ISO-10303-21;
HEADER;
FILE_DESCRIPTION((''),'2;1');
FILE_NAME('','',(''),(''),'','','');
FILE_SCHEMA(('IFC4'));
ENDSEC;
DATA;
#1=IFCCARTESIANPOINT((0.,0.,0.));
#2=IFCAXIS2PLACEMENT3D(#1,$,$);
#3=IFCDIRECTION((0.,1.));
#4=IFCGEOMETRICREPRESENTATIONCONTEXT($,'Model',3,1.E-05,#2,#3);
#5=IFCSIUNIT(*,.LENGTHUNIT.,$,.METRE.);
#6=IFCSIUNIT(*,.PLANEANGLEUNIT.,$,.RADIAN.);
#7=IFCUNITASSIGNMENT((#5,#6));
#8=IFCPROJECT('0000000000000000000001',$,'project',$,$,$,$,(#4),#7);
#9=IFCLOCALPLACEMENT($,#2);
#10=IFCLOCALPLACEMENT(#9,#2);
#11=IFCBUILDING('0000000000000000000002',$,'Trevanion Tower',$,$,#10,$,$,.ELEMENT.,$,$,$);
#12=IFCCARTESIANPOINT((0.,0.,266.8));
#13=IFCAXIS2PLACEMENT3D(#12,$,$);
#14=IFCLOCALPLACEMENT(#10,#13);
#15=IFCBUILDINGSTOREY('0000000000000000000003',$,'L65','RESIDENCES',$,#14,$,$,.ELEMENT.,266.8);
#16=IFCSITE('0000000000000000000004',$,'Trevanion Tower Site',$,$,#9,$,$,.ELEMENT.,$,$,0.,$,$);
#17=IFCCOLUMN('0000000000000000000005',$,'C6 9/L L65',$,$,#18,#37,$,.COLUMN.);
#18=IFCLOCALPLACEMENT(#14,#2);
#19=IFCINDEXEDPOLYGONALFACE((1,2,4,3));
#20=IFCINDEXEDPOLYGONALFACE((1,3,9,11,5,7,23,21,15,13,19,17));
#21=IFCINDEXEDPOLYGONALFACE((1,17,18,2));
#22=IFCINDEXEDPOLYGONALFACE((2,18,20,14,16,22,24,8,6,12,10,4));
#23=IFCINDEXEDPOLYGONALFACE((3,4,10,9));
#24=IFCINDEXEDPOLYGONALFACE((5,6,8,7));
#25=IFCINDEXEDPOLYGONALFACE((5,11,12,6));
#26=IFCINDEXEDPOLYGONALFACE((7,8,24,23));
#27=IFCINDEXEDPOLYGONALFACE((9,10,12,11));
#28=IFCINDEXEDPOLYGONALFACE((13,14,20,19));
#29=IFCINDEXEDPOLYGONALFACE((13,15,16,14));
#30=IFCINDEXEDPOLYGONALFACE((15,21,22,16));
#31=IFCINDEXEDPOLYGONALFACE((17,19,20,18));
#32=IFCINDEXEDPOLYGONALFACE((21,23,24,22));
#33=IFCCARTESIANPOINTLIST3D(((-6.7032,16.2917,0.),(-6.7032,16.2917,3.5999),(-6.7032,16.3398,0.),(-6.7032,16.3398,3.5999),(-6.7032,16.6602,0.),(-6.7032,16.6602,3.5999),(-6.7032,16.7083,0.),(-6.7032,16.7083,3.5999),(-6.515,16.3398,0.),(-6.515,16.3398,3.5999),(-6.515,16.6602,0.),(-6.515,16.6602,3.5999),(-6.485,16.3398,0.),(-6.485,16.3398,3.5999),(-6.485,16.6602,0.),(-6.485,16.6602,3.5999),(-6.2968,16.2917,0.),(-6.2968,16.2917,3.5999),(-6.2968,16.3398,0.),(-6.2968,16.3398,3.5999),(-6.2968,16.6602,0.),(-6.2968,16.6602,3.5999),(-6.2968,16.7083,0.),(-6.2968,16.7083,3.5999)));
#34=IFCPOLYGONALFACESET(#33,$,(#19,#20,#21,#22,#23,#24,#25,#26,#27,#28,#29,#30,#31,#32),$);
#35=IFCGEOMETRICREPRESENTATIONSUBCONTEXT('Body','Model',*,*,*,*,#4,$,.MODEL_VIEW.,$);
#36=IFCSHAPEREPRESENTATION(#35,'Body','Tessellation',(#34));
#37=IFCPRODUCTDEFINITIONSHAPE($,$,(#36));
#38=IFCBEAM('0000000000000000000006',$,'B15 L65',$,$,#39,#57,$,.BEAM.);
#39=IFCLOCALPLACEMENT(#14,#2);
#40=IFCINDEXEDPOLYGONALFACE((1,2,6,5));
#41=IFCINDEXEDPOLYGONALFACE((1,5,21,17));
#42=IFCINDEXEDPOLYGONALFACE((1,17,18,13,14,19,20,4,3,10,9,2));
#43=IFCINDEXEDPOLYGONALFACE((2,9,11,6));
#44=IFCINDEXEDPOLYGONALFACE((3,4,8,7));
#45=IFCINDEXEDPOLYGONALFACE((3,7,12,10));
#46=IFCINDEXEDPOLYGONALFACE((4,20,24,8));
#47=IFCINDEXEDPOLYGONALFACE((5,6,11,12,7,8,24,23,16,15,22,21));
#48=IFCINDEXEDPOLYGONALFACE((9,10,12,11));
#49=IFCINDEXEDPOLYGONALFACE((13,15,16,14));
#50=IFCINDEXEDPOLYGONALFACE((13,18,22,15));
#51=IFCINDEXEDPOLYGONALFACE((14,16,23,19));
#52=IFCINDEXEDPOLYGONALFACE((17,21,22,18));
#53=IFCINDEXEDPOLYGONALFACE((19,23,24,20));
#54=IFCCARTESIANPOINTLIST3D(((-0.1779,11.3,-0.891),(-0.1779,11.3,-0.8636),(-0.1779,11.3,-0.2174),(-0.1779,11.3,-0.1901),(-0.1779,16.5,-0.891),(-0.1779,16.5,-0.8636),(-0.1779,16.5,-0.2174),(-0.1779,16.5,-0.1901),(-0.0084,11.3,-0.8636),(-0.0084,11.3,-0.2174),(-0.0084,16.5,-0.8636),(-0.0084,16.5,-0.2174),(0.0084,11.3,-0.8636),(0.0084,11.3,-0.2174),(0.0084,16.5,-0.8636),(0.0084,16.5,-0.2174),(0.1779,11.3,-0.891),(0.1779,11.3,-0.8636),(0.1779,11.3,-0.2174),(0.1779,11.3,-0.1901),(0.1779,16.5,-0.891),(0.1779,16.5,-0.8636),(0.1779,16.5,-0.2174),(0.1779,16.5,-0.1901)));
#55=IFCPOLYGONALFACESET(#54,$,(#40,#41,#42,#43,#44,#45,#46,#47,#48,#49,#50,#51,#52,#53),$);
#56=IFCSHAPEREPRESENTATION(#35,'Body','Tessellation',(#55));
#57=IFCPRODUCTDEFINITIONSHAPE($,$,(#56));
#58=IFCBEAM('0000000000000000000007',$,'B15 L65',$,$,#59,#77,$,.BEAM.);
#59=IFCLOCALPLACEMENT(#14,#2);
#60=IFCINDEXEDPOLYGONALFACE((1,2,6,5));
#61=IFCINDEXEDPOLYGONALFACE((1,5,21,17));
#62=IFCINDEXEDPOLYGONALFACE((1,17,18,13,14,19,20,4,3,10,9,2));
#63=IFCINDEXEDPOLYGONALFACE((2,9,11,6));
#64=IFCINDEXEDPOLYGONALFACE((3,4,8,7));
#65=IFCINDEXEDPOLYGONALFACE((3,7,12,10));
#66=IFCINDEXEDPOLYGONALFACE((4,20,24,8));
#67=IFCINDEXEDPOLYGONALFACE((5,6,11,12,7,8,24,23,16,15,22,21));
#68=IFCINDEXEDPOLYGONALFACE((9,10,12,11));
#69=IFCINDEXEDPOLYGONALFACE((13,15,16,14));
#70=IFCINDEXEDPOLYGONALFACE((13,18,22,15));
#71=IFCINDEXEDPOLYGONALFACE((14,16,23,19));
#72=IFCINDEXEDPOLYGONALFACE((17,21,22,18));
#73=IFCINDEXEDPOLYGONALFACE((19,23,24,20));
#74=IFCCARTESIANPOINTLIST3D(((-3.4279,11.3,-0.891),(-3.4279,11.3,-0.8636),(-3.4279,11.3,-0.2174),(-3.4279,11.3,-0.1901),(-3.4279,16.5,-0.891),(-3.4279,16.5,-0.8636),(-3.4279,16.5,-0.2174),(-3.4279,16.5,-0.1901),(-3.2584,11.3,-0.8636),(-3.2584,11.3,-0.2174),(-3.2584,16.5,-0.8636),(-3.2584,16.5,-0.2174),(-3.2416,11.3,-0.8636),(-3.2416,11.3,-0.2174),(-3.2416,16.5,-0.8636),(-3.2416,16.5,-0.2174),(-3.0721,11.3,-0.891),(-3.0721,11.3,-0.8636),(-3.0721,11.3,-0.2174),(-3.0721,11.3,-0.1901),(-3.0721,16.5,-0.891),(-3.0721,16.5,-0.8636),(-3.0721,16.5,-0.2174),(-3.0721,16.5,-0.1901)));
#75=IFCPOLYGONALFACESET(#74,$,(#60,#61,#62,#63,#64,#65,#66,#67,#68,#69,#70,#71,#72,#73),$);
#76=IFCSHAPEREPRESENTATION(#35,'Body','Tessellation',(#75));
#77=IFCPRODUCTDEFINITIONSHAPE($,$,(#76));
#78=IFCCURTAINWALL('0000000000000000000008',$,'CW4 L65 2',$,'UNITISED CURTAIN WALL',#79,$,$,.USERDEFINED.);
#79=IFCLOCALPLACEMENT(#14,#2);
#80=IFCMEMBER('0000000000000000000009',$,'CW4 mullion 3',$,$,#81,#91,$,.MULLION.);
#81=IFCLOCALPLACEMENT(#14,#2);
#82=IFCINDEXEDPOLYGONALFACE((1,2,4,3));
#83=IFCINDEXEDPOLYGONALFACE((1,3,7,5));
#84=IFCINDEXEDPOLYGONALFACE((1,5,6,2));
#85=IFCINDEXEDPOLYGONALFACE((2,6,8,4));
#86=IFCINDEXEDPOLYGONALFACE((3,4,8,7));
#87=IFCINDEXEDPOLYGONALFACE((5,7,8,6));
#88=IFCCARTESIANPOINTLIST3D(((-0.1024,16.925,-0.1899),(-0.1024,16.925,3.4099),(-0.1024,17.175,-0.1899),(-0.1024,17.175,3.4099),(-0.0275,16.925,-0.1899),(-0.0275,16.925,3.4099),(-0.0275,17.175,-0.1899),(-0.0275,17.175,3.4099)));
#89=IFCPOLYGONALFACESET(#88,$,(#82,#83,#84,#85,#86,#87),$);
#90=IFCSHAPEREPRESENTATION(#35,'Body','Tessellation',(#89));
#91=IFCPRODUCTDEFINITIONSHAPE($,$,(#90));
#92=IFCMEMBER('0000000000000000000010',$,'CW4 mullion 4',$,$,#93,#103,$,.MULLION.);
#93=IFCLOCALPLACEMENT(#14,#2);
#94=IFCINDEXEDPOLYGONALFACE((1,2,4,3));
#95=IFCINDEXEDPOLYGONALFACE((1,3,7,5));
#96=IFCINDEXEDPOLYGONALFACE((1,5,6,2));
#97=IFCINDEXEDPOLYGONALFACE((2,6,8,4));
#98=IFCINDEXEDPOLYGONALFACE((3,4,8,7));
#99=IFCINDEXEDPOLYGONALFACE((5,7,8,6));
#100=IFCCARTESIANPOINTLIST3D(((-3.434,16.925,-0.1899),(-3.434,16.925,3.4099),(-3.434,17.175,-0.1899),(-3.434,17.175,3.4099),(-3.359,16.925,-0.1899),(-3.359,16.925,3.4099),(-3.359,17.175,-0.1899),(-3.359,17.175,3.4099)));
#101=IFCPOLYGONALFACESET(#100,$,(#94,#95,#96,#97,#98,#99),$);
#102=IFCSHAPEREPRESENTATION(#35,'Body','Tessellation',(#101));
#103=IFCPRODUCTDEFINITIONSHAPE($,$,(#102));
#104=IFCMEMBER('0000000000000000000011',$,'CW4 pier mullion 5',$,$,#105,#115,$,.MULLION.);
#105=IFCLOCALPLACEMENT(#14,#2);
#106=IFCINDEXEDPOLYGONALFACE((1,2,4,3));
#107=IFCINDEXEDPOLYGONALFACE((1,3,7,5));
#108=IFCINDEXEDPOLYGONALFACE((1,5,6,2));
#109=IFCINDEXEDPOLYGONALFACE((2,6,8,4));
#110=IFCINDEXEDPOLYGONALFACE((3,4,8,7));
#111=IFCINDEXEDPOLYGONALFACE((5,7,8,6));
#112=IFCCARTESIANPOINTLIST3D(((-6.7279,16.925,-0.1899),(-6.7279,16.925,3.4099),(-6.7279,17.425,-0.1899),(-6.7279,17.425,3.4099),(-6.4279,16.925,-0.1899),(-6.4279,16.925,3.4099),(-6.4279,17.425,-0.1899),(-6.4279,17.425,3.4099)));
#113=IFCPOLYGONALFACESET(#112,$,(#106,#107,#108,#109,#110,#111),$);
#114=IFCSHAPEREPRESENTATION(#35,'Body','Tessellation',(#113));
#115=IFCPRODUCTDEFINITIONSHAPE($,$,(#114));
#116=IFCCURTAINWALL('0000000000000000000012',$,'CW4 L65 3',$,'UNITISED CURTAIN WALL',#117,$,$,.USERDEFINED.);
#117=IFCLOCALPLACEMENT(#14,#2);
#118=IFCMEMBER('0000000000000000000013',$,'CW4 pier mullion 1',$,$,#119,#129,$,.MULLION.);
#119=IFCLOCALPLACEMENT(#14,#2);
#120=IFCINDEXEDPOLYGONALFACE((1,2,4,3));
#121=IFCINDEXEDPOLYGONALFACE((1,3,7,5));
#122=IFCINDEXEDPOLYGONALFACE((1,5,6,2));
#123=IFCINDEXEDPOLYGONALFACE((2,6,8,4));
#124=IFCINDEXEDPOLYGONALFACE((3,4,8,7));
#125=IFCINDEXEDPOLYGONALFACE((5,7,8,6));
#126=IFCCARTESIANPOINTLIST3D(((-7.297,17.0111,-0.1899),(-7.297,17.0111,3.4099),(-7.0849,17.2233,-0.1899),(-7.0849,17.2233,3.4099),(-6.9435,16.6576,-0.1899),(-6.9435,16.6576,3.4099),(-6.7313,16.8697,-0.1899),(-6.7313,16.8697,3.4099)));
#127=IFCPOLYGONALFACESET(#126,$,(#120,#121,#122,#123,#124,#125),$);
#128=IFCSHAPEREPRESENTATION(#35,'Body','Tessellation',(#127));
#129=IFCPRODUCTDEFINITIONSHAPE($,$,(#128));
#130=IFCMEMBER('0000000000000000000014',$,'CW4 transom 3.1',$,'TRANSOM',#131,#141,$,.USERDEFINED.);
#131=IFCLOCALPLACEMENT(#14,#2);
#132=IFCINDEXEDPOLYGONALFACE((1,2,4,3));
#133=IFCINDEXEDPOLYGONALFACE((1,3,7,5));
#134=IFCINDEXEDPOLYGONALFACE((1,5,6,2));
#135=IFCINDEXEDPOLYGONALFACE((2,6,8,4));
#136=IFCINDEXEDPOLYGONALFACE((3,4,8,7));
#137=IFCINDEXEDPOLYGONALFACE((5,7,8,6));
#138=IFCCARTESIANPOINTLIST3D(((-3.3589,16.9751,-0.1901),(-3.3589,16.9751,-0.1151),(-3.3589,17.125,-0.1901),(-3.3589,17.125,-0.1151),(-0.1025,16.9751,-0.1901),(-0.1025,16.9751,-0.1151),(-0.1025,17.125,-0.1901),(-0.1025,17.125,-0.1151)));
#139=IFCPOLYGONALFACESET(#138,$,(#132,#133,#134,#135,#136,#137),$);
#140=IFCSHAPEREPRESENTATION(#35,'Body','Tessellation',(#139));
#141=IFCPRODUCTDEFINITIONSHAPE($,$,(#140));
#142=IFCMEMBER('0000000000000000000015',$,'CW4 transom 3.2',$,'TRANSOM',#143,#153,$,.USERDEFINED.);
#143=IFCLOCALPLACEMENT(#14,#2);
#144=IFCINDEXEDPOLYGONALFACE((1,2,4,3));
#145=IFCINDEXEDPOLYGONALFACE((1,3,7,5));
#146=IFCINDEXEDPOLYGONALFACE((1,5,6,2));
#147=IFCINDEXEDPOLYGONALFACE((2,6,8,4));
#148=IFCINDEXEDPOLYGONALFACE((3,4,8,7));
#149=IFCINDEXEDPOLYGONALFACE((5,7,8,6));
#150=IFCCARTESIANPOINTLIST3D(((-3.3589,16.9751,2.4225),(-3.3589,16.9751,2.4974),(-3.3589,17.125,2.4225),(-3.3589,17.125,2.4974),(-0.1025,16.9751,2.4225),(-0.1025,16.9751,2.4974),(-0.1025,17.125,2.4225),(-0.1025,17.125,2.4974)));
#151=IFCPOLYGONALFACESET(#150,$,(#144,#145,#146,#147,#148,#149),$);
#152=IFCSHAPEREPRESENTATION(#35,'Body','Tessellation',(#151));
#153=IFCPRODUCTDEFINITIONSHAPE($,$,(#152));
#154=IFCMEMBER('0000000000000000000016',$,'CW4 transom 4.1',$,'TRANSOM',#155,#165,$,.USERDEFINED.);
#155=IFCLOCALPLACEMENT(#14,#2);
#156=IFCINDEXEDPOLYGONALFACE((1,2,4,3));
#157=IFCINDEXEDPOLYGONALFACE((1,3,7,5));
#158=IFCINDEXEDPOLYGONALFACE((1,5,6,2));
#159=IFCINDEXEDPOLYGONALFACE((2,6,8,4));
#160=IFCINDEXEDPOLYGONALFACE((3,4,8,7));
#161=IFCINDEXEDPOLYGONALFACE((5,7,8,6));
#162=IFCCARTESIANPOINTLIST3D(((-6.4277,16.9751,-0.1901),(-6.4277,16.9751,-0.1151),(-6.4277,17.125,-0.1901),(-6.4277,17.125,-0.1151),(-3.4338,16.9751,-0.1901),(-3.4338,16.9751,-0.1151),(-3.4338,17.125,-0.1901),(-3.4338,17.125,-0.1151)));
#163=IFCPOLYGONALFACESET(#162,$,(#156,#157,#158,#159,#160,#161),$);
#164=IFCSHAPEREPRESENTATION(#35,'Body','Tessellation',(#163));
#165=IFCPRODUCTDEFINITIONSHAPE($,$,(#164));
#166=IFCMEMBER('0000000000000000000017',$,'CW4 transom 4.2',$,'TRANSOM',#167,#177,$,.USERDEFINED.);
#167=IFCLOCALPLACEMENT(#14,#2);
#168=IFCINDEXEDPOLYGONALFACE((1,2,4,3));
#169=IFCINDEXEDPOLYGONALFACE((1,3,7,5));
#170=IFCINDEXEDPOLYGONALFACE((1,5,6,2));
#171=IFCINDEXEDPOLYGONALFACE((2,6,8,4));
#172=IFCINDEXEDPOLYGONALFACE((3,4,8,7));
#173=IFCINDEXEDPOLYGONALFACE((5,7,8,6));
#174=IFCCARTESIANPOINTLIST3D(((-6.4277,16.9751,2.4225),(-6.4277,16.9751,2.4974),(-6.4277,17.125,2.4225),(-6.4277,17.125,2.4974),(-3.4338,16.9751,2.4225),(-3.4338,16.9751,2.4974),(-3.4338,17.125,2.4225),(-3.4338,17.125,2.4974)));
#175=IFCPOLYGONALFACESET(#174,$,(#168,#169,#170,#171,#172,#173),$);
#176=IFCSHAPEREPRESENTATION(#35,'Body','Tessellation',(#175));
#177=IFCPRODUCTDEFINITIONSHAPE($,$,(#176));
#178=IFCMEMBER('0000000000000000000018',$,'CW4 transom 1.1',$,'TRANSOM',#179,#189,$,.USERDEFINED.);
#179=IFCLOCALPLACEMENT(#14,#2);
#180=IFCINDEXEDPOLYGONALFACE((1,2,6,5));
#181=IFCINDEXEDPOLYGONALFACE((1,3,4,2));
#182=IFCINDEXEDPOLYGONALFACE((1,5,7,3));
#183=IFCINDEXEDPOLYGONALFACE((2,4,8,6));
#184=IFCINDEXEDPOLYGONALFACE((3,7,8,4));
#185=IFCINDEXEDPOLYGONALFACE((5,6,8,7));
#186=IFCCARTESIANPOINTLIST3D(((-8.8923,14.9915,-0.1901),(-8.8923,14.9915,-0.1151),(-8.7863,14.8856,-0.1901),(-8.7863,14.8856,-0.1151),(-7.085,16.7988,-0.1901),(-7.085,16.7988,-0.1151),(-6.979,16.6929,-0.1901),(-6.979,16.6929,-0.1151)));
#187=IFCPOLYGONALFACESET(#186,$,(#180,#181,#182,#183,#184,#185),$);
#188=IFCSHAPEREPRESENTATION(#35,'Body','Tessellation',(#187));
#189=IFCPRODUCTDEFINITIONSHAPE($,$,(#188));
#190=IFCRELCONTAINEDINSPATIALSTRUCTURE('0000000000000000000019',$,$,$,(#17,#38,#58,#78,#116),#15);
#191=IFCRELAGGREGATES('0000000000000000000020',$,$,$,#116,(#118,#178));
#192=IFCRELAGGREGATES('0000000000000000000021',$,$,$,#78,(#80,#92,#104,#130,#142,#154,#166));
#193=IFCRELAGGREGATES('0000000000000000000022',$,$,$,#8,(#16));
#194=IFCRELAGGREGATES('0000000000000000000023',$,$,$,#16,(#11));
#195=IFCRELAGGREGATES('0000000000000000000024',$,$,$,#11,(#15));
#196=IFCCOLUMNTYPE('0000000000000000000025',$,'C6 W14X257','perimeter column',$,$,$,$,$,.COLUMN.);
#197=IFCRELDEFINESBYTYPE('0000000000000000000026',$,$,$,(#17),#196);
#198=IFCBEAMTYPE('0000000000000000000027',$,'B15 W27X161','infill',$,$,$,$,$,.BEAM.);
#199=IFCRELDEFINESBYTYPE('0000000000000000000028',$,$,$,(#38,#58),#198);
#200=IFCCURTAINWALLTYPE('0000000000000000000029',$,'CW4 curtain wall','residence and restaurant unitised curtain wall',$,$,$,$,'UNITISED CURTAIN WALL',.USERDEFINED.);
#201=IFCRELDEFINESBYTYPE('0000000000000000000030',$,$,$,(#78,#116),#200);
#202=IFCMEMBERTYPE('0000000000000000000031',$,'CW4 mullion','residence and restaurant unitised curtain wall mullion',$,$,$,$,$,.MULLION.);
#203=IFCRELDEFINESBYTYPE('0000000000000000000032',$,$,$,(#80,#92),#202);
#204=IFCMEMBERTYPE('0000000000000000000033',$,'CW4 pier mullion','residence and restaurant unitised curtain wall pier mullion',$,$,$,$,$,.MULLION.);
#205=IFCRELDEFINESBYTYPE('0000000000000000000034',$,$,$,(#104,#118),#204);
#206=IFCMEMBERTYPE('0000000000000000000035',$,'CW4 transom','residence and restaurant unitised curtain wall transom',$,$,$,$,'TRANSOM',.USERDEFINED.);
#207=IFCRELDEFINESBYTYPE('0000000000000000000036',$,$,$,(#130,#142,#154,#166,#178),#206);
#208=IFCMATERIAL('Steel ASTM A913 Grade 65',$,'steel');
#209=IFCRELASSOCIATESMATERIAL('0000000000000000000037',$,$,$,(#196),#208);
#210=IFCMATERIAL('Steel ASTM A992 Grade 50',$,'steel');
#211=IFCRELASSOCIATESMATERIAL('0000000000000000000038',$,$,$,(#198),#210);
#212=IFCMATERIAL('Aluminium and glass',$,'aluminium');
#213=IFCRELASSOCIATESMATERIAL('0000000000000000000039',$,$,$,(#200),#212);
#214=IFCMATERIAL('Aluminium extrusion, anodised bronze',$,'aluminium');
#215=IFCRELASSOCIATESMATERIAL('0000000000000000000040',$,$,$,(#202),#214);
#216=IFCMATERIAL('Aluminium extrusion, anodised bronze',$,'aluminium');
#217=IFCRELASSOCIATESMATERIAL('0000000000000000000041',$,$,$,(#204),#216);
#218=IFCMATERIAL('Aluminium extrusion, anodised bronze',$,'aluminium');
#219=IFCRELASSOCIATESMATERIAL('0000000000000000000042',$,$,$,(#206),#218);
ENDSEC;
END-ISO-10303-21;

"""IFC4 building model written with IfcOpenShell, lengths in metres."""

from ifc_helpers import new_model, si_unit, direction, frame, origin, origin_2d, place, context, subcontext, project, spatial, rectangle, i_section, extrude, material, material_profile, profile_set, type_object, element, aggregate, save


model = new_model("IFC4")

# Units and contexts
model_context = context("Model", 3, precision=1e-05, world=origin(), true_north=direction((0.0, 1.0)))
body_context = subcontext(model_context, "Body", "Model", "MODEL_VIEW")
ifc_project = project(units=[si_unit("LENGTHUNIT", "METRE"), si_unit("PLANEANGLEUNIT", "RADIAN")], contexts=[model_context])

# Site, building, storey
site_placement = place(None, origin())
site = spatial("IfcSite", under=ifc_project, at=site_placement, Name="Trevanion Tower Site", CompositionType="ELEMENT", RefElevation=0.0)
building_placement = place(site_placement, origin())
building = spatial("IfcBuilding", under=site, at=building_placement, Name="Trevanion Tower", CompositionType="ELEMENT")
storey_placement = place(building_placement, frame((0.0, 0.0, 266.8)))
storey = spatial("IfcBuildingStorey", under=building, at=storey_placement, Name="L65", Description="RESIDENCES", CompositionType="ELEMENT", Elevation=266.8)

# Column
ifc_material_1 = material(Name="Steel ASTM A913 Grade 65", Category="steel")
ifc_material_profile_1 = material_profile(ifc_material_1, i_section(OverallWidth=0.4065, OverallDepth=0.4165, WebThickness=0.03, FlangeThickness=0.0481, at=origin_2d()), Name="W14X257")
ifc_profile_set_1 = profile_set([ifc_material_profile_1], Name="Steel ASTM A913 Grade 65")
column_type = type_object("IfcColumnType", Name="C6 W14X257", Description="perimeter column", PredefinedType="COLUMN", material=ifc_profile_set_1)
column_placement = place(storey_placement, frame((-6.5, 16.5, 0.0), z_axis=(0.0, 0.0, 1.0), x_axis=(1.0, 0.0, 0.0)))
element("IfcColumn", 1, at=column_placement, inside=storey, type_object=column_type, Name="C6 9/L L65", PredefinedType="COLUMN", context=body_context, shape_type="SweptSolid", body=[
    extrude(i_section(OverallWidth=0.4065, OverallDepth=0.4165, WebThickness=0.03, FlangeThickness=0.0481, at=origin_2d()), origin(), (0.0, 0.0, 1.0), 3.5999),
])

# Beams
ifc_material_2 = material(Name="Steel ASTM A992 Grade 50", Category="steel")
ifc_material_profile_2 = material_profile(ifc_material_2, i_section(OverallWidth=0.3557, OverallDepth=0.7009, WebThickness=0.0168, FlangeThickness=0.0273, at=origin_2d()), Name="W27X161")
ifc_profile_set_2 = profile_set([ifc_material_profile_2], Name="Steel ASTM A992 Grade 50")
beam_type_1 = type_object("IfcBeamType", Name="B15 W27X161", Description="infill", PredefinedType="BEAM", material=ifc_profile_set_2)
for number, where, z_axis, x_axis, name in (
    (2, (0.0, 11.3, -0.5405), (0.0, 1.0, 0.0), (-1.0, 0.0, 0.0), "B15 L65"),
    (3, (-3.25, 11.3, -0.5405), (0.0, 1.0, 0.0), (-1.0, 0.0, 0.0), "B15 L65"),
):
    element("IfcBeam", number, at=place(storey_placement, frame(where, z_axis=z_axis, x_axis=x_axis)), inside=storey, type_object=beam_type_1, Name=name, PredefinedType="BEAM", context=body_context, shape_type="SweptSolid", body=[
        extrude(i_section(OverallWidth=0.3557, OverallDepth=0.7009, WebThickness=0.0168, FlangeThickness=0.0273, at=origin_2d()), origin(), (0.0, 0.0, 1.0), 5.2),
    ])

# Curtain wall, members
ifc_material_3 = material(Name="Aluminium and glass", Category="aluminium")
curtain_wall_type = type_object("IfcCurtainWallType", Name="CW4 curtain wall", Description="residence and restaurant unitised curtain wall", ElementType="UNITISED CURTAIN WALL", PredefinedType="USERDEFINED", material=ifc_material_3)
curtain_wall_1_placement = place(storey_placement, origin())
curtain_wall_1 = element("IfcCurtainWall", 4, at=curtain_wall_1_placement, inside=storey, type_object=curtain_wall_type, Name="CW4 L65 2", ObjectType="UNITISED CURTAIN WALL", PredefinedType="USERDEFINED")
ifc_material_4 = material(Name="Aluminium extrusion, anodised bronze", Category="aluminium")
ifc_material_profile_3 = material_profile(ifc_material_4, rectangle(XDim=0.075, YDim=0.25, at=origin_2d()), Name="CW4 mullion")
ifc_profile_set_3 = profile_set([ifc_material_profile_3], Name="Aluminium extrusion, anodised bronze")
member_type_1 = type_object("IfcMemberType", Name="CW4 mullion", Description="residence and restaurant unitised curtain wall mullion", PredefinedType="MULLION", material=ifc_profile_set_3)
member_1_placement = place(storey_placement, frame((-0.0649, 17.05, -0.1899), z_axis=(0.0, 0.0, 1.0), x_axis=(-1.0, 0.0, 0.0)))
member_1 = element("IfcMember", 5, at=member_1_placement, type_object=member_type_1, Name="CW4 mullion 3", PredefinedType="MULLION", context=body_context, shape_type="SweptSolid", body=[
    extrude(rectangle(XDim=0.075, YDim=0.25, at=origin_2d()), origin(), (0.0, 0.0, 1.0), 3.5999),
])
member_2_placement = place(storey_placement, frame((-3.3965, 17.05, -0.1899), z_axis=(0.0, 0.0, 1.0), x_axis=(-1.0, 0.0, 0.0)))
member_2 = element("IfcMember", 6, at=member_2_placement, type_object=member_type_1, Name="CW4 mullion 4", PredefinedType="MULLION", context=body_context, shape_type="SweptSolid", body=[
    extrude(rectangle(XDim=0.075, YDim=0.25, at=origin_2d()), origin(), (0.0, 0.0, 1.0), 3.5999),
])
ifc_material_5 = material(Name="Aluminium extrusion, anodised bronze", Category="aluminium")
ifc_material_profile_4 = material_profile(ifc_material_5, rectangle(XDim=0.3, YDim=0.5, at=origin_2d()), Name="CW4 pier mullion")
ifc_profile_set_4 = profile_set([ifc_material_profile_4], Name="Aluminium extrusion, anodised bronze")
member_type_2 = type_object("IfcMemberType", Name="CW4 pier mullion", Description="residence and restaurant unitised curtain wall pier mullion", PredefinedType="MULLION", material=ifc_profile_set_4)
member_3_placement = place(storey_placement, frame((-6.5779, 17.175, -0.1899), z_axis=(0.0, 0.0, 1.0), x_axis=(-1.0, 0.0, 0.0)))
member_3 = element("IfcMember", 7, at=member_3_placement, type_object=member_type_2, Name="CW4 pier mullion 5", PredefinedType="MULLION", context=body_context, shape_type="SweptSolid", body=[
    extrude(rectangle(XDim=0.3, YDim=0.5, at=origin_2d()), origin(), (0.0, 0.0, 1.0), 3.5999),
])

# Curtain wall, member
curtain_wall_2_placement = place(storey_placement, origin())
curtain_wall_2 = element("IfcCurtainWall", 8, at=curtain_wall_2_placement, inside=storey, type_object=curtain_wall_type, Name="CW4 L65 3", ObjectType="UNITISED CURTAIN WALL", PredefinedType="USERDEFINED")
member_4_placement = place(storey_placement, frame((-7.0142, 16.9404, -0.1899), z_axis=(0.0, 0.0, 1.0), x_axis=(-0.707107, -0.707107, 0.0)))
member_4 = element("IfcMember", 9, at=member_4_placement, type_object=member_type_2, Name="CW4 pier mullion 1", PredefinedType="MULLION", context=body_context, shape_type="SweptSolid", body=[
    extrude(rectangle(XDim=0.3, YDim=0.5, at=origin_2d()), origin(), (0.0, 0.0, 1.0), 3.5999),
])

# Members
ifc_material_6 = material(Name="Aluminium extrusion, anodised bronze", Category="aluminium")
ifc_material_profile_5 = material_profile(ifc_material_6, rectangle(XDim=0.1499, YDim=0.075, at=origin_2d()), Name="CW4 transom")
ifc_profile_set_5 = profile_set([ifc_material_profile_5], Name="Aluminium extrusion, anodised bronze")
member_type_3 = type_object("IfcMemberType", Name="CW4 transom", Description="residence and restaurant unitised curtain wall transom", ElementType="TRANSOM", PredefinedType="USERDEFINED", material=ifc_profile_set_5)
member_5_placement = place(storey_placement, frame((-0.1025, 17.05, -0.1526), z_axis=(-1.0, 0.0, 0.0), x_axis=(0.0, -1.0, 0.0)))
member_5 = element("IfcMember", 10, at=member_5_placement, type_object=member_type_3, Name="CW4 transom 3.1", ObjectType="TRANSOM", PredefinedType="USERDEFINED", context=body_context, shape_type="SweptSolid", body=[
    extrude(rectangle(XDim=0.1499, YDim=0.075, at=origin_2d()), origin(), (0.0, 0.0, 1.0), 3.2563),
])
member_6_placement = place(storey_placement, frame((-0.1025, 17.05, 2.46), z_axis=(-1.0, 0.0, 0.0), x_axis=(0.0, -1.0, 0.0)))
member_6 = element("IfcMember", 11, at=member_6_placement, type_object=member_type_3, Name="CW4 transom 3.2", ObjectType="TRANSOM", PredefinedType="USERDEFINED", context=body_context, shape_type="SweptSolid", body=[
    extrude(rectangle(XDim=0.1499, YDim=0.075, at=origin_2d()), origin(), (0.0, 0.0, 1.0), 3.2563),
])
member_7_placement = place(storey_placement, frame((-3.4338, 17.05, -0.1526), z_axis=(-1.0, 0.0, 0.0), x_axis=(0.0, -1.0, 0.0)))
member_7 = element("IfcMember", 12, at=member_7_placement, type_object=member_type_3, Name="CW4 transom 4.1", ObjectType="TRANSOM", PredefinedType="USERDEFINED", context=body_context, shape_type="SweptSolid", body=[
    extrude(rectangle(XDim=0.1499, YDim=0.075, at=origin_2d()), origin(), (0.0, 0.0, 1.0), 2.9939),
])
member_8_placement = place(storey_placement, frame((-3.4338, 17.05, 2.46), z_axis=(-1.0, 0.0, 0.0), x_axis=(0.0, -1.0, 0.0)))
member_8 = element("IfcMember", 13, at=member_8_placement, type_object=member_type_3, Name="CW4 transom 4.2", ObjectType="TRANSOM", PredefinedType="USERDEFINED", context=body_context, shape_type="SweptSolid", body=[
    extrude(rectangle(XDim=0.1499, YDim=0.075, at=origin_2d()), origin(), (0.0, 0.0, 1.0), 2.9939),
])
member_9_placement = place(storey_placement, frame((-7.032, 16.7458, -0.1526), z_axis=(-0.707107, -0.707107, 0.0), x_axis=(0.707107, -0.707107, 0.0)))
member_9 = element("IfcMember", 14, at=member_9_placement, type_object=member_type_3, Name="CW4 transom 1.1", ObjectType="TRANSOM", PredefinedType="USERDEFINED", context=body_context, shape_type="SweptSolid", body=[
    extrude(rectangle(XDim=0.1499, YDim=0.075, at=origin_2d()), origin(), (0.0, 0.0, 1.0), 2.5559),
])

aggregate(curtain_wall_2, [member_4, member_9])
aggregate(curtain_wall_1, [member_1, member_2, member_3, member_5, member_6, member_7, member_8])

save(model, "model.ifc")
